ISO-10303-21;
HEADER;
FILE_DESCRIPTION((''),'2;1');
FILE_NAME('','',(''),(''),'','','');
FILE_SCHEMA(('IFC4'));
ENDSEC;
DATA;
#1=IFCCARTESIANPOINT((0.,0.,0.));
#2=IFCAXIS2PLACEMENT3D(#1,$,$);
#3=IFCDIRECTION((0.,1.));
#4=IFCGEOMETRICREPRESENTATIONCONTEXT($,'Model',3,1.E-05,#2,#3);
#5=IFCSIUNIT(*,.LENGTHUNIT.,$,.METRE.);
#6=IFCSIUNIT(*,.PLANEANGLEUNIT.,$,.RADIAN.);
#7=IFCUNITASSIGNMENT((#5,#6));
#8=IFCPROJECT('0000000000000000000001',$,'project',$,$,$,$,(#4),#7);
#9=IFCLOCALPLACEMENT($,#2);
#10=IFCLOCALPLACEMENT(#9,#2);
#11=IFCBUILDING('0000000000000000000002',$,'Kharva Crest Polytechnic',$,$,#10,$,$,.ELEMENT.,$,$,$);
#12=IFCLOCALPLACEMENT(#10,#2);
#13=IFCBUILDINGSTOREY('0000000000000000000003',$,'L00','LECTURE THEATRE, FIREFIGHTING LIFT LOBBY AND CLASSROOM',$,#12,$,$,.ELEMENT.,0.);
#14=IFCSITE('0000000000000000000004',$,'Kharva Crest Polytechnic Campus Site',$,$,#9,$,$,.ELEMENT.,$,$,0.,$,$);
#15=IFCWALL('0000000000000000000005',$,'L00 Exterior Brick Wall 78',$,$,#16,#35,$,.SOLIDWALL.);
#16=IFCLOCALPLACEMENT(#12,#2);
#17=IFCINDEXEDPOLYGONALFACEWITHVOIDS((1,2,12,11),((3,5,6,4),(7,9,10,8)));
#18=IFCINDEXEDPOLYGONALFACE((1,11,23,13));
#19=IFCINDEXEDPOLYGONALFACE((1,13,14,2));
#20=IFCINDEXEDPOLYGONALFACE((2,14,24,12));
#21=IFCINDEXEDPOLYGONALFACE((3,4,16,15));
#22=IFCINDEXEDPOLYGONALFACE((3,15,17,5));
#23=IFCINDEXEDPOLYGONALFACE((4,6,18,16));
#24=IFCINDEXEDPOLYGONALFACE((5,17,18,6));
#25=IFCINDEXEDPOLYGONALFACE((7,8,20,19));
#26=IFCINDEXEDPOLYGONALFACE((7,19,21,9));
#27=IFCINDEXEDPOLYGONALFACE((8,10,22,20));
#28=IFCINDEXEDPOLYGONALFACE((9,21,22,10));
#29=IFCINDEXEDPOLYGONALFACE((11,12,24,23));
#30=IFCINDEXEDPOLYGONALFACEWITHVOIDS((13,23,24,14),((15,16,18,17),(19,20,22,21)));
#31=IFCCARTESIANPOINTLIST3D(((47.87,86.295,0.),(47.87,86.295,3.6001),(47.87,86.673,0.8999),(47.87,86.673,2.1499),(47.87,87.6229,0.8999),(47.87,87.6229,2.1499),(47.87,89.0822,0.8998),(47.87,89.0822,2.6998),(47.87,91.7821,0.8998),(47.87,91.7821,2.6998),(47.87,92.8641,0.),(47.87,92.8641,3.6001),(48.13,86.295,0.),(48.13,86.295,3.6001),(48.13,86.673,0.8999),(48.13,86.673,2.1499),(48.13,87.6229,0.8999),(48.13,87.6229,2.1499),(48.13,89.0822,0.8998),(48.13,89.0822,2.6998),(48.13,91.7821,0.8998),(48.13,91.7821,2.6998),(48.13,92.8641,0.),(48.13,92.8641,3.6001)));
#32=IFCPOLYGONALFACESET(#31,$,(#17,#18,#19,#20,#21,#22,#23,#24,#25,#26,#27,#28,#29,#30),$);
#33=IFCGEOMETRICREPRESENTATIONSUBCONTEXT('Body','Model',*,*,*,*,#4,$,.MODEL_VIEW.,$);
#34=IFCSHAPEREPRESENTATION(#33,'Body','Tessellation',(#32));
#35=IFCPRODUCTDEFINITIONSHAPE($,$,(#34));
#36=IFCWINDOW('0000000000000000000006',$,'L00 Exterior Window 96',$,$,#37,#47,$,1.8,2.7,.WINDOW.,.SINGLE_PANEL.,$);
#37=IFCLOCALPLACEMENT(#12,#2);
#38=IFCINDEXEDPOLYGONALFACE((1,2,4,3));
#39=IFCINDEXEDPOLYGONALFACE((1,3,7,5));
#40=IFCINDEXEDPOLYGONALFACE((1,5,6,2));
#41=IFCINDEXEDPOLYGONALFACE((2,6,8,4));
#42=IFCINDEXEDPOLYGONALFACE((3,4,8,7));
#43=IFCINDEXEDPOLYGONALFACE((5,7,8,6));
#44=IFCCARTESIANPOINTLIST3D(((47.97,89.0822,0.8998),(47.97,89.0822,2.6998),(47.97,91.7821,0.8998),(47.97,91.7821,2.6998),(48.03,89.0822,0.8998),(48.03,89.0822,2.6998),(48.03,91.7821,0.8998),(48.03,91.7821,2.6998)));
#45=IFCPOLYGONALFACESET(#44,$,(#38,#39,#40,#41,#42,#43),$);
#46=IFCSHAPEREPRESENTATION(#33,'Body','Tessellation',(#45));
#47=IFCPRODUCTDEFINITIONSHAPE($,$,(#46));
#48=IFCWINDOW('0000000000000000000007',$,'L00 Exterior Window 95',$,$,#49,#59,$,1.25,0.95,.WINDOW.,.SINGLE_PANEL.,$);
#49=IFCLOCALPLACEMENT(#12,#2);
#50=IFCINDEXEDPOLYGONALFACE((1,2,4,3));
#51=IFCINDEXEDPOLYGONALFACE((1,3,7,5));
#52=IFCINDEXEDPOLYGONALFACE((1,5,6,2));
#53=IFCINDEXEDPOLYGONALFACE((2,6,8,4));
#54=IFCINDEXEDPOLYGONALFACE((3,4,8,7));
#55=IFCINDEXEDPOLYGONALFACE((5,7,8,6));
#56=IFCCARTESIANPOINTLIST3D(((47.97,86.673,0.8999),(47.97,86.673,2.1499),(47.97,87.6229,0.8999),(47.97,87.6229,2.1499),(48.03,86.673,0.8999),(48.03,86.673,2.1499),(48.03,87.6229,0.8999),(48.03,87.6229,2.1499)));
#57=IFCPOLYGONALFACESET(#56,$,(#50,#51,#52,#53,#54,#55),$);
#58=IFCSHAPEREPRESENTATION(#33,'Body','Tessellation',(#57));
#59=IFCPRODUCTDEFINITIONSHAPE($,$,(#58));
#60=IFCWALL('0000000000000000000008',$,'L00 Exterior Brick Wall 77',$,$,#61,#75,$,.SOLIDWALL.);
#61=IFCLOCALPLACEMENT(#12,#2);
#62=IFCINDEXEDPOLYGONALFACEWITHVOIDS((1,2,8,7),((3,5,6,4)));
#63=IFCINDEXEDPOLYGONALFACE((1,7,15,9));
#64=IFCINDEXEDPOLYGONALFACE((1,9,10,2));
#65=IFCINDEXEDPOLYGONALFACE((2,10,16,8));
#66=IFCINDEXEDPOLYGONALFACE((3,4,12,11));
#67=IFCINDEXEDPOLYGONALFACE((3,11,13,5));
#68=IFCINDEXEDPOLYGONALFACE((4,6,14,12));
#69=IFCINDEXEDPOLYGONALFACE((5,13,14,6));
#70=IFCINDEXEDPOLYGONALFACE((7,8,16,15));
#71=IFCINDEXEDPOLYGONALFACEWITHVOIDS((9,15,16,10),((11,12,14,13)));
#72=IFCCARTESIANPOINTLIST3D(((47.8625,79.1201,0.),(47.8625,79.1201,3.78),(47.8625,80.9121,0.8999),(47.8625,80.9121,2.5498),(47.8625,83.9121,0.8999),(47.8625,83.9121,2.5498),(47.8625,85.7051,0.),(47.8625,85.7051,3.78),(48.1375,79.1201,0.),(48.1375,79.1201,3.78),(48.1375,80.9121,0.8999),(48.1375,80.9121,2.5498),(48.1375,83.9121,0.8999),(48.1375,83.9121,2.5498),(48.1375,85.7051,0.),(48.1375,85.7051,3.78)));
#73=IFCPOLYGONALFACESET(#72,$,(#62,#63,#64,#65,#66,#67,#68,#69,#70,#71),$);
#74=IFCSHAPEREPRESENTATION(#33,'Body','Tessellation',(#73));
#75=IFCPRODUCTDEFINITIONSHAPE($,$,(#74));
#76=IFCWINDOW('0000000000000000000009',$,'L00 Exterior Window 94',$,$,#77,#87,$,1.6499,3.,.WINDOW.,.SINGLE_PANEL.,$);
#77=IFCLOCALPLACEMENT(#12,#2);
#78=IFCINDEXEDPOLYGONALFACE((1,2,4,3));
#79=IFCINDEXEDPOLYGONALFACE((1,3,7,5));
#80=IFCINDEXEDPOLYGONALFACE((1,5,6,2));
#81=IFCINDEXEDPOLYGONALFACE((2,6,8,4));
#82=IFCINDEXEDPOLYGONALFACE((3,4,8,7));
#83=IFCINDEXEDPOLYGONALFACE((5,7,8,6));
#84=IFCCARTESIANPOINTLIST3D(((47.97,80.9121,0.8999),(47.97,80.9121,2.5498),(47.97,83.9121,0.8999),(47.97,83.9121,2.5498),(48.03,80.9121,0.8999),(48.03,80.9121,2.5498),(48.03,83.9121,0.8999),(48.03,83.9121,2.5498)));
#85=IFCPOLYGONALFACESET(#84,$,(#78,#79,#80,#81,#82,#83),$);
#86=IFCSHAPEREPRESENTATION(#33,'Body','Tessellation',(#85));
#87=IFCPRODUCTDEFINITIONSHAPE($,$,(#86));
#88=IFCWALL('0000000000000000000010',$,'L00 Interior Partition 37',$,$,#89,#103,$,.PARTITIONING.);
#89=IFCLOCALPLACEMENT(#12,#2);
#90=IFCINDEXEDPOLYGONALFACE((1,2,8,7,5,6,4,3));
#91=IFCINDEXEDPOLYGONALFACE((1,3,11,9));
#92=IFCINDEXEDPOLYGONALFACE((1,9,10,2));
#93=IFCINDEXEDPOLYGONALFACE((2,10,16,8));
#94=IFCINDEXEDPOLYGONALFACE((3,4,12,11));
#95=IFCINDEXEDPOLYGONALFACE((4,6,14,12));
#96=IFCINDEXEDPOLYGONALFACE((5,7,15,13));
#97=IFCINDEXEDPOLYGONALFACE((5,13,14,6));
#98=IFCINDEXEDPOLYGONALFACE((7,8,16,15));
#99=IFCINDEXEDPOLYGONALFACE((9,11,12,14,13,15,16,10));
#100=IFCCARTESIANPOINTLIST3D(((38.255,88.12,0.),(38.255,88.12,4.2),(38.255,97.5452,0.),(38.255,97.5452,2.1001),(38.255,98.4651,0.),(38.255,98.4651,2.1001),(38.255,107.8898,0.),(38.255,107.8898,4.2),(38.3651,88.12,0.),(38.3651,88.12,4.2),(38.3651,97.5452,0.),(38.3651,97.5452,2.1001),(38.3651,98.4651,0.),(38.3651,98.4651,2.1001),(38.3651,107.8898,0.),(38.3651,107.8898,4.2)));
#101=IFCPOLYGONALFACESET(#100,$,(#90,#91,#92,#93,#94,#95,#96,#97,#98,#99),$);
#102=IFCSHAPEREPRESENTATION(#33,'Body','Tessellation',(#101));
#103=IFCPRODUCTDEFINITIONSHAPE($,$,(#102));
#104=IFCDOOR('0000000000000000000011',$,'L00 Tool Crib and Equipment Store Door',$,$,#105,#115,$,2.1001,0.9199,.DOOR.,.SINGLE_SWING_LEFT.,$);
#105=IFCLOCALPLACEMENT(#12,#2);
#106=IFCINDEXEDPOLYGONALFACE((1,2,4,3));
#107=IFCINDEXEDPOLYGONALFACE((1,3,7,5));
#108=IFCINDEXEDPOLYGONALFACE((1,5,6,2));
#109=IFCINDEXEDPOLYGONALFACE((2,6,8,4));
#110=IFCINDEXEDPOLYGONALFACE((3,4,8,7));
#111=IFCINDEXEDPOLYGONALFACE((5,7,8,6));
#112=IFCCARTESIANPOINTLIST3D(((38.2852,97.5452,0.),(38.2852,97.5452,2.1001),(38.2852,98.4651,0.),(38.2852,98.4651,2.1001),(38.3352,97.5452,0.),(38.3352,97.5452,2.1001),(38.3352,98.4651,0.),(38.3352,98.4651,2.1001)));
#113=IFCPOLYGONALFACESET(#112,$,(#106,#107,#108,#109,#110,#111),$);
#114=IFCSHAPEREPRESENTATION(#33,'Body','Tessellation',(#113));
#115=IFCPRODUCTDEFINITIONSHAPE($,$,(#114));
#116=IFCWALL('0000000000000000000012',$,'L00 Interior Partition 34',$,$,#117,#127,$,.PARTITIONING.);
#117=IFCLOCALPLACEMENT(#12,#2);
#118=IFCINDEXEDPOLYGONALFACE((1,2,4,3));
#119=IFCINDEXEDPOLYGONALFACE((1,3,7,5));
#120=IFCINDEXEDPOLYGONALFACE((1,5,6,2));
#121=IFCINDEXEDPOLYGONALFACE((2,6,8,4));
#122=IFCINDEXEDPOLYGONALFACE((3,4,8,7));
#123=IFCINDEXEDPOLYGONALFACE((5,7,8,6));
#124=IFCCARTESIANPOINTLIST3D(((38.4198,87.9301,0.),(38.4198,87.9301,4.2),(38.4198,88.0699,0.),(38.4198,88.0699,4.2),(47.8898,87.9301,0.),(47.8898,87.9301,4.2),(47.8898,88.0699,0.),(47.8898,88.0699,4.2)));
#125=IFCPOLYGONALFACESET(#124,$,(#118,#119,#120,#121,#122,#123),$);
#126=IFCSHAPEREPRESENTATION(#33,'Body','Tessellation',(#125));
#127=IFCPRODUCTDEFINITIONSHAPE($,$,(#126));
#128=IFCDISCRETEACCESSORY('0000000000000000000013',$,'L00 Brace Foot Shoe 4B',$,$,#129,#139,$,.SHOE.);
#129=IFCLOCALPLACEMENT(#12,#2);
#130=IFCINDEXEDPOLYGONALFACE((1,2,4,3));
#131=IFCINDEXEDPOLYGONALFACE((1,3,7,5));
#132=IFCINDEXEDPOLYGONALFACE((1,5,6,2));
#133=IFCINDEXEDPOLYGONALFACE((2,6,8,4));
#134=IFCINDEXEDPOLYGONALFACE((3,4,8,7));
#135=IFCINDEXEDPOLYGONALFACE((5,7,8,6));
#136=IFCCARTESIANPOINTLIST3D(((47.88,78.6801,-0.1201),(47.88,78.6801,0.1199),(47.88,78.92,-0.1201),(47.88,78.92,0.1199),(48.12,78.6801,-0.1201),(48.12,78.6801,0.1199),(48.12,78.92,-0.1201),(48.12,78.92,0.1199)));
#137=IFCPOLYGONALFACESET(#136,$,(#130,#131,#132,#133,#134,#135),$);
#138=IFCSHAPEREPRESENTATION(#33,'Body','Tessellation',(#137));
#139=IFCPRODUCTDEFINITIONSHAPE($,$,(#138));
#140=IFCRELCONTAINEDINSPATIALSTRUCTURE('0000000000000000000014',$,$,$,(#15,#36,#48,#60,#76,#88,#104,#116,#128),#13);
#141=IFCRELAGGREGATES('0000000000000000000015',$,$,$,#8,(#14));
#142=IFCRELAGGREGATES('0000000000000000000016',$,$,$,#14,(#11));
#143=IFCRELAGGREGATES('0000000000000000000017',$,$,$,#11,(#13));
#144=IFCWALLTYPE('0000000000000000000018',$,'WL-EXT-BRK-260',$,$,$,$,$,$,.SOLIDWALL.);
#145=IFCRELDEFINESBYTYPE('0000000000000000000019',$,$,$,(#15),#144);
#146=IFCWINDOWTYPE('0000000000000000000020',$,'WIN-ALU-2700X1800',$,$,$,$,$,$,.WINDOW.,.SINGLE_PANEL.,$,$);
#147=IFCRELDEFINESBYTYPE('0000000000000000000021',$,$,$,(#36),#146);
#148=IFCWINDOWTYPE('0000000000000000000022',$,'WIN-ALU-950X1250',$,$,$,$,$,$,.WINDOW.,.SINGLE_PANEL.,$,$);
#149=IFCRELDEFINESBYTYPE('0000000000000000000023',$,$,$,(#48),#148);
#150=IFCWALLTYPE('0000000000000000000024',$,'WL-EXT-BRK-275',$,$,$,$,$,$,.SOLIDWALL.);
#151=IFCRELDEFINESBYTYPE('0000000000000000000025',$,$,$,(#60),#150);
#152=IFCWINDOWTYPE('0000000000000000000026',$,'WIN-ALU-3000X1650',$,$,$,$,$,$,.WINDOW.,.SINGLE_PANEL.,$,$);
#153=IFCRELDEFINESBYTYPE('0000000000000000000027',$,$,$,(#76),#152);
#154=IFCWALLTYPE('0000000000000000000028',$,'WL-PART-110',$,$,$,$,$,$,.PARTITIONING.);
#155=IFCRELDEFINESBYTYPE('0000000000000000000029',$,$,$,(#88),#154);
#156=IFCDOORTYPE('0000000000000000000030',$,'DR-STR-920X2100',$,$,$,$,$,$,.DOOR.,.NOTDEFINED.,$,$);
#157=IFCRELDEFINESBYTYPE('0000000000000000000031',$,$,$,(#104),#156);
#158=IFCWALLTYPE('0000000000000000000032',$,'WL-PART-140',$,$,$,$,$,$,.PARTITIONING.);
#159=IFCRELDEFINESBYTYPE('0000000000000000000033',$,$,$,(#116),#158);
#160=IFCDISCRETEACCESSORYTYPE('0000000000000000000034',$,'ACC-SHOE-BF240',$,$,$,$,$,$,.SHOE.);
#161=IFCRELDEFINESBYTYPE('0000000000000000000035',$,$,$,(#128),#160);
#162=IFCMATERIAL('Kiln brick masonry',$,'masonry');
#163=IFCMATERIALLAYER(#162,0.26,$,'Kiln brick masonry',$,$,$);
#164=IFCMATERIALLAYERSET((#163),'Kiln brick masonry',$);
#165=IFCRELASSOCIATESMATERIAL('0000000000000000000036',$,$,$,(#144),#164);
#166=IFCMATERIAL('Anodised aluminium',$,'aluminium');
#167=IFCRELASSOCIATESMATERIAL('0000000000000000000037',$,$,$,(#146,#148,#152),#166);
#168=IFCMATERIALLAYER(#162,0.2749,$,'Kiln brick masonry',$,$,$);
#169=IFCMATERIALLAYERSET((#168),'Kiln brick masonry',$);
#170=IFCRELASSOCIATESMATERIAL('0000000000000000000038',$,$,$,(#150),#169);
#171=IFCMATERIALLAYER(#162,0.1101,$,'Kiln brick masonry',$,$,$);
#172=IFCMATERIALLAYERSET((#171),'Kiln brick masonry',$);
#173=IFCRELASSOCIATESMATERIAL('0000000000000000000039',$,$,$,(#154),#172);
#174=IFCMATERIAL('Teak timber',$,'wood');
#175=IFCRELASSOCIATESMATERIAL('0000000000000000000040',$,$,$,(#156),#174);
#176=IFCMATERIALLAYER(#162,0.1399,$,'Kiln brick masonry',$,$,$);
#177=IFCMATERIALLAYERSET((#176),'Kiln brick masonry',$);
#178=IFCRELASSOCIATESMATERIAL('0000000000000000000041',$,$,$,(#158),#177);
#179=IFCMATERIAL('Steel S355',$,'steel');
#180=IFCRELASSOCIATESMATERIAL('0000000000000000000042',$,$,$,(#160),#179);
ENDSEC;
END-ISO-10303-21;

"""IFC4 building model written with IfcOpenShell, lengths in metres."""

from ifc_helpers import new_model, si_unit, direction, frame, frame_2d, origin, origin_2d, place, context, subcontext, project, spatial, rectangle, extrude, material, layer, layer_set, type_object, element, fill, save


model = new_model("IFC4")

# Units and contexts
model_context = context("Model", 3, precision=1e-05, world=origin(), true_north=direction((0.0, 1.0)))
body_context = subcontext(model_context, "Body", "Model", "MODEL_VIEW")
ifc_project = project(units=[si_unit("LENGTHUNIT", "METRE"), si_unit("PLANEANGLEUNIT", "RADIAN")], contexts=[model_context])

# Site, building, storey
site_placement = place(None, origin())
site = spatial("IfcSite", under=ifc_project, at=site_placement, Name="Kharva Crest Polytechnic Campus Site", CompositionType="ELEMENT", RefElevation=0.0)
building_placement = place(site_placement, origin())
building = spatial("IfcBuilding", under=site, at=building_placement, Name="Kharva Crest Polytechnic", CompositionType="ELEMENT")
storey_placement = place(building_placement, origin())
storey = spatial("IfcBuildingStorey", under=building, at=storey_placement, Name="L00", Description="LECTURE THEATRE, FIREFIGHTING LIFT LOBBY AND CLASSROOM", CompositionType="ELEMENT", Elevation=0.0)

# Shared definitions
ifc_material_1 = material(Name="Steel S355", Category="steel")

# Wall, openings, windows
ifc_material_2 = material(Name="Kiln brick masonry", Category="masonry")
ifc_layer_1 = layer(ifc_material_2, 0.26, Name="Kiln brick masonry")
ifc_layer_set_1 = layer_set([ifc_layer_1], Name="Kiln brick masonry")
wall_type_1 = type_object("IfcWallType", Name="WL-EXT-BRK-260", PredefinedType="SOLIDWALL", material=ifc_layer_set_1)
wall_1_placement = place(storey_placement, frame((48.0, 86.2949, 0.0), z_axis=(0.0, 0.0, 1.0), x_axis=(0.0, 1.0, 0.0)))
wall_1 = element("IfcWall", 1, at=wall_1_placement, inside=storey, type_object=wall_type_1, Name="L00 Exterior Brick Wall 78", PredefinedType="SOLIDWALL", context=body_context, shape_type="SweptSolid", body=[
    extrude(rectangle(XDim=6.5691, YDim=0.26, at=frame_2d((3.2847, 0.0))), origin(), (0.0, 0.0, 1.0), 3.6001),
])
opening_1_placement = place(wall_1_placement, frame((0.3779, 0.0, 0.8999)))
opening_1 = element("IfcOpeningElement", 2, at=opening_1_placement, cuts=wall_1, PredefinedType="OPENING", context=body_context, shape_type="SweptSolid", body=[
    extrude(rectangle(XDim=0.95, YDim=1.25, at=frame_2d((0.4751, 0.625))), frame((0.0, 0.1399, 0.0), z_axis=(0.0, -1.0, 0.0), x_axis=(1.0, 0.0, 0.0)), (0.0, 0.0, 1.0), 0.28),
])
opening_2_placement = place(wall_1_placement, frame((2.7871, 0.0, 0.8999)))
opening_2 = element("IfcOpeningElement", 3, at=opening_2_placement, cuts=wall_1, PredefinedType="OPENING", context=body_context, shape_type="SweptSolid", body=[
    extrude(rectangle(XDim=2.7, YDim=1.8, at=frame_2d((1.3501, 0.8999))), frame((0.0, 0.1399, 0.0), z_axis=(0.0, -1.0, 0.0), x_axis=(1.0, 0.0, 0.0)), (0.0, 0.0, 1.0), 0.28),
])
ifc_material_3 = material(Name="Anodised aluminium", Category="aluminium")
window_type_1 = type_object("IfcWindowType", Name="WIN-ALU-2700X1800", PartitioningType="SINGLE_PANEL", PredefinedType="WINDOW", material=ifc_material_3)
window_1_placement = place(opening_2_placement, origin())
window_1 = element("IfcWindow", 4, at=window_1_placement, inside=storey, type_object=window_type_1, Name="L00 Exterior Window 96", OverallHeight=1.8, OverallWidth=2.7, PartitioningType="SINGLE_PANEL", PredefinedType="WINDOW", context=body_context, shape_type="SweptSolid", body=[
    extrude(rectangle(XDim=2.7, YDim=1.8, at=frame_2d((1.3501, 0.8999))), frame((0.0, 0.03, 0.0), z_axis=(0.0, -1.0, 0.0), x_axis=(1.0, 0.0, 0.0)), (0.0, 0.0, 1.0), 0.0601),
])
fill(opening_2, window_1)
window_type_2 = type_object("IfcWindowType", Name="WIN-ALU-950X1250", PartitioningType="SINGLE_PANEL", PredefinedType="WINDOW", material=ifc_material_3)
window_2_placement = place(opening_1_placement, origin())
window_2 = element("IfcWindow", 5, at=window_2_placement, inside=storey, type_object=window_type_2, Name="L00 Exterior Window 95", OverallHeight=1.25, OverallWidth=0.95, PartitioningType="SINGLE_PANEL", PredefinedType="WINDOW", context=body_context, shape_type="SweptSolid", body=[
    extrude(rectangle(XDim=0.95, YDim=1.25, at=frame_2d((0.4751, 0.625))), frame((0.0, 0.03, 0.0), z_axis=(0.0, -1.0, 0.0), x_axis=(1.0, 0.0, 0.0)), (0.0, 0.0, 1.0), 0.0601),
])
fill(opening_1, window_2)

# Wall, opening, window
ifc_layer_2 = layer(ifc_material_2, 0.2749, Name="Kiln brick masonry")
ifc_layer_set_2 = layer_set([ifc_layer_2], Name="Kiln brick masonry")
wall_type_2 = type_object("IfcWallType", Name="WL-EXT-BRK-275", PredefinedType="SOLIDWALL", material=ifc_layer_set_2)
wall_2_placement = place(storey_placement, frame((48.0, 79.1201, 0.0), z_axis=(0.0, 0.0, 1.0), x_axis=(0.0, 1.0, 0.0)))
wall_2 = element("IfcWall", 6, at=wall_2_placement, inside=storey, type_object=wall_type_2, Name="L00 Exterior Brick Wall 77", PredefinedType="SOLIDWALL", context=body_context, shape_type="SweptSolid", body=[
    extrude(rectangle(XDim=6.585, YDim=0.2749, at=frame_2d((3.2925, 0.0))), origin(), (0.0, 0.0, 1.0), 3.78),
])
opening_3_placement = place(wall_2_placement, frame((1.792, 0.0, 0.8999)))
opening_3 = element("IfcOpeningElement", 7, at=opening_3_placement, cuts=wall_2, PredefinedType="OPENING", context=body_context, shape_type="SweptSolid", body=[
    extrude(rectangle(XDim=3.0, YDim=1.6499, at=frame_2d((1.5, 0.825))), frame((0.0, 0.1475, 0.0), z_axis=(0.0, -1.0, 0.0), x_axis=(1.0, 0.0, 0.0)), (0.0, 0.0, 1.0), 0.2949),
])
window_type_3 = type_object("IfcWindowType", Name="WIN-ALU-3000X1650", PartitioningType="SINGLE_PANEL", PredefinedType="WINDOW", material=ifc_material_3)
window_3_placement = place(opening_3_placement, origin())
window_3 = element("IfcWindow", 8, at=window_3_placement, inside=storey, type_object=window_type_3, Name="L00 Exterior Window 94", OverallHeight=1.6499, OverallWidth=3.0, PartitioningType="SINGLE_PANEL", PredefinedType="WINDOW", context=body_context, shape_type="SweptSolid", body=[
    extrude(rectangle(XDim=3.0, YDim=1.6499, at=frame_2d((1.5, 0.825))), frame((0.0, 0.03, 0.0), z_axis=(0.0, -1.0, 0.0), x_axis=(1.0, 0.0, 0.0)), (0.0, 0.0, 1.0), 0.0601),
])
fill(opening_3, window_3)

# Wall, opening, door
ifc_layer_3 = layer(ifc_material_2, 0.1101, Name="Kiln brick masonry")
ifc_layer_set_3 = layer_set([ifc_layer_3], Name="Kiln brick masonry")
wall_type_3 = type_object("IfcWallType", Name="WL-PART-110", PredefinedType="PARTITIONING", material=ifc_layer_set_3)
wall_3_placement = place(storey_placement, frame((38.3101, 88.1201, 0.0), z_axis=(0.0, 0.0, 1.0), x_axis=(0.0, 1.0, 0.0)))
wall_3 = element("IfcWall", 9, at=wall_3_placement, inside=storey, type_object=wall_type_3, Name="L00 Interior Partition 37", PredefinedType="PARTITIONING", context=body_context, shape_type="SweptSolid", body=[
    extrude(rectangle(XDim=19.7698, YDim=0.1101, at=frame_2d((9.8848, 0.0))), origin(), (0.0, 0.0, 1.0), 4.2),
])
opening_4_placement = place(wall_3_placement, frame((9.425, 0.0, 0.0)))
opening_4 = element("IfcOpeningElement", 10, at=opening_4_placement, cuts=wall_3, PredefinedType="OPENING", context=body_context, shape_type="SweptSolid", body=[
    extrude(rectangle(XDim=0.9199, YDim=2.1001, at=frame_2d((0.46, 1.05))), frame((0.0, 0.0649, 0.0), z_axis=(0.0, -1.0, 0.0), x_axis=(1.0, 0.0, 0.0)), (0.0, 0.0, 1.0), 0.1301),
])
ifc_material_4 = material(Name="Teak timber", Category="wood")
door_type = type_object("IfcDoorType", Name="DR-STR-920X2100", OperationType="NOTDEFINED", PredefinedType="DOOR", material=ifc_material_4)
door_placement = place(opening_4_placement, origin())
door = element("IfcDoor", 11, at=door_placement, inside=storey, type_object=door_type, Name="L00 Tool Crib and Equipment Store Door", OperationType="SINGLE_SWING_LEFT", OverallHeight=2.1001, OverallWidth=0.9199, PredefinedType="DOOR", context=body_context, shape_type="SweptSolid", body=[
    extrude(rectangle(XDim=0.9199, YDim=2.1001, at=frame_2d((0.46, 1.05))), frame((0.0, 0.0249, 0.0), z_axis=(0.0, -1.0, 0.0), x_axis=(1.0, 0.0, 0.0)), (0.0, 0.0, 1.0), 0.05),
])
fill(opening_4, door)

# Wall
ifc_layer_4 = layer(ifc_material_2, 0.1399, Name="Kiln brick masonry")
ifc_layer_set_4 = layer_set([ifc_layer_4], Name="Kiln brick masonry")
wall_type_4 = type_object("IfcWallType", Name="WL-PART-140", PredefinedType="PARTITIONING", material=ifc_layer_set_4)
wall_4_placement = place(storey_placement, frame((38.4199, 88.0, 0.0), z_axis=(0.0, 0.0, 1.0), x_axis=(1.0, 0.0, 0.0)))
element("IfcWall", 12, at=wall_4_placement, inside=storey, type_object=wall_type_4, Name="L00 Interior Partition 34", PredefinedType="PARTITIONING", context=body_context, shape_type="SweptSolid", body=[
    extrude(rectangle(XDim=9.47, YDim=0.1399, at=frame_2d((4.7349, 0.0))), origin(), (0.0, 0.0, 1.0), 4.2),
])

# Discrete accessory
discrete_accessory_type = type_object("IfcDiscreteAccessoryType", Name="ACC-SHOE-BF240", PredefinedType="SHOE", material=ifc_material_1)
discrete_accessory_placement = place(storey_placement, frame((48.0, 78.8, -0.1201), z_axis=(0.0, 0.0, 1.0), x_axis=(1.0, 0.0, 0.0)))
element("IfcDiscreteAccessory", 13, at=discrete_accessory_placement, inside=storey, type_object=discrete_accessory_type, Name="L00 Brace Foot Shoe 4B", PredefinedType="SHOE", context=body_context, shape_type="SweptSolid", body=[
    extrude(rectangle(XDim=0.24, YDim=0.24, at=origin_2d()), origin(), (0.0, 0.0, 1.0), 0.24),
])

save(model, "model.ifc")
